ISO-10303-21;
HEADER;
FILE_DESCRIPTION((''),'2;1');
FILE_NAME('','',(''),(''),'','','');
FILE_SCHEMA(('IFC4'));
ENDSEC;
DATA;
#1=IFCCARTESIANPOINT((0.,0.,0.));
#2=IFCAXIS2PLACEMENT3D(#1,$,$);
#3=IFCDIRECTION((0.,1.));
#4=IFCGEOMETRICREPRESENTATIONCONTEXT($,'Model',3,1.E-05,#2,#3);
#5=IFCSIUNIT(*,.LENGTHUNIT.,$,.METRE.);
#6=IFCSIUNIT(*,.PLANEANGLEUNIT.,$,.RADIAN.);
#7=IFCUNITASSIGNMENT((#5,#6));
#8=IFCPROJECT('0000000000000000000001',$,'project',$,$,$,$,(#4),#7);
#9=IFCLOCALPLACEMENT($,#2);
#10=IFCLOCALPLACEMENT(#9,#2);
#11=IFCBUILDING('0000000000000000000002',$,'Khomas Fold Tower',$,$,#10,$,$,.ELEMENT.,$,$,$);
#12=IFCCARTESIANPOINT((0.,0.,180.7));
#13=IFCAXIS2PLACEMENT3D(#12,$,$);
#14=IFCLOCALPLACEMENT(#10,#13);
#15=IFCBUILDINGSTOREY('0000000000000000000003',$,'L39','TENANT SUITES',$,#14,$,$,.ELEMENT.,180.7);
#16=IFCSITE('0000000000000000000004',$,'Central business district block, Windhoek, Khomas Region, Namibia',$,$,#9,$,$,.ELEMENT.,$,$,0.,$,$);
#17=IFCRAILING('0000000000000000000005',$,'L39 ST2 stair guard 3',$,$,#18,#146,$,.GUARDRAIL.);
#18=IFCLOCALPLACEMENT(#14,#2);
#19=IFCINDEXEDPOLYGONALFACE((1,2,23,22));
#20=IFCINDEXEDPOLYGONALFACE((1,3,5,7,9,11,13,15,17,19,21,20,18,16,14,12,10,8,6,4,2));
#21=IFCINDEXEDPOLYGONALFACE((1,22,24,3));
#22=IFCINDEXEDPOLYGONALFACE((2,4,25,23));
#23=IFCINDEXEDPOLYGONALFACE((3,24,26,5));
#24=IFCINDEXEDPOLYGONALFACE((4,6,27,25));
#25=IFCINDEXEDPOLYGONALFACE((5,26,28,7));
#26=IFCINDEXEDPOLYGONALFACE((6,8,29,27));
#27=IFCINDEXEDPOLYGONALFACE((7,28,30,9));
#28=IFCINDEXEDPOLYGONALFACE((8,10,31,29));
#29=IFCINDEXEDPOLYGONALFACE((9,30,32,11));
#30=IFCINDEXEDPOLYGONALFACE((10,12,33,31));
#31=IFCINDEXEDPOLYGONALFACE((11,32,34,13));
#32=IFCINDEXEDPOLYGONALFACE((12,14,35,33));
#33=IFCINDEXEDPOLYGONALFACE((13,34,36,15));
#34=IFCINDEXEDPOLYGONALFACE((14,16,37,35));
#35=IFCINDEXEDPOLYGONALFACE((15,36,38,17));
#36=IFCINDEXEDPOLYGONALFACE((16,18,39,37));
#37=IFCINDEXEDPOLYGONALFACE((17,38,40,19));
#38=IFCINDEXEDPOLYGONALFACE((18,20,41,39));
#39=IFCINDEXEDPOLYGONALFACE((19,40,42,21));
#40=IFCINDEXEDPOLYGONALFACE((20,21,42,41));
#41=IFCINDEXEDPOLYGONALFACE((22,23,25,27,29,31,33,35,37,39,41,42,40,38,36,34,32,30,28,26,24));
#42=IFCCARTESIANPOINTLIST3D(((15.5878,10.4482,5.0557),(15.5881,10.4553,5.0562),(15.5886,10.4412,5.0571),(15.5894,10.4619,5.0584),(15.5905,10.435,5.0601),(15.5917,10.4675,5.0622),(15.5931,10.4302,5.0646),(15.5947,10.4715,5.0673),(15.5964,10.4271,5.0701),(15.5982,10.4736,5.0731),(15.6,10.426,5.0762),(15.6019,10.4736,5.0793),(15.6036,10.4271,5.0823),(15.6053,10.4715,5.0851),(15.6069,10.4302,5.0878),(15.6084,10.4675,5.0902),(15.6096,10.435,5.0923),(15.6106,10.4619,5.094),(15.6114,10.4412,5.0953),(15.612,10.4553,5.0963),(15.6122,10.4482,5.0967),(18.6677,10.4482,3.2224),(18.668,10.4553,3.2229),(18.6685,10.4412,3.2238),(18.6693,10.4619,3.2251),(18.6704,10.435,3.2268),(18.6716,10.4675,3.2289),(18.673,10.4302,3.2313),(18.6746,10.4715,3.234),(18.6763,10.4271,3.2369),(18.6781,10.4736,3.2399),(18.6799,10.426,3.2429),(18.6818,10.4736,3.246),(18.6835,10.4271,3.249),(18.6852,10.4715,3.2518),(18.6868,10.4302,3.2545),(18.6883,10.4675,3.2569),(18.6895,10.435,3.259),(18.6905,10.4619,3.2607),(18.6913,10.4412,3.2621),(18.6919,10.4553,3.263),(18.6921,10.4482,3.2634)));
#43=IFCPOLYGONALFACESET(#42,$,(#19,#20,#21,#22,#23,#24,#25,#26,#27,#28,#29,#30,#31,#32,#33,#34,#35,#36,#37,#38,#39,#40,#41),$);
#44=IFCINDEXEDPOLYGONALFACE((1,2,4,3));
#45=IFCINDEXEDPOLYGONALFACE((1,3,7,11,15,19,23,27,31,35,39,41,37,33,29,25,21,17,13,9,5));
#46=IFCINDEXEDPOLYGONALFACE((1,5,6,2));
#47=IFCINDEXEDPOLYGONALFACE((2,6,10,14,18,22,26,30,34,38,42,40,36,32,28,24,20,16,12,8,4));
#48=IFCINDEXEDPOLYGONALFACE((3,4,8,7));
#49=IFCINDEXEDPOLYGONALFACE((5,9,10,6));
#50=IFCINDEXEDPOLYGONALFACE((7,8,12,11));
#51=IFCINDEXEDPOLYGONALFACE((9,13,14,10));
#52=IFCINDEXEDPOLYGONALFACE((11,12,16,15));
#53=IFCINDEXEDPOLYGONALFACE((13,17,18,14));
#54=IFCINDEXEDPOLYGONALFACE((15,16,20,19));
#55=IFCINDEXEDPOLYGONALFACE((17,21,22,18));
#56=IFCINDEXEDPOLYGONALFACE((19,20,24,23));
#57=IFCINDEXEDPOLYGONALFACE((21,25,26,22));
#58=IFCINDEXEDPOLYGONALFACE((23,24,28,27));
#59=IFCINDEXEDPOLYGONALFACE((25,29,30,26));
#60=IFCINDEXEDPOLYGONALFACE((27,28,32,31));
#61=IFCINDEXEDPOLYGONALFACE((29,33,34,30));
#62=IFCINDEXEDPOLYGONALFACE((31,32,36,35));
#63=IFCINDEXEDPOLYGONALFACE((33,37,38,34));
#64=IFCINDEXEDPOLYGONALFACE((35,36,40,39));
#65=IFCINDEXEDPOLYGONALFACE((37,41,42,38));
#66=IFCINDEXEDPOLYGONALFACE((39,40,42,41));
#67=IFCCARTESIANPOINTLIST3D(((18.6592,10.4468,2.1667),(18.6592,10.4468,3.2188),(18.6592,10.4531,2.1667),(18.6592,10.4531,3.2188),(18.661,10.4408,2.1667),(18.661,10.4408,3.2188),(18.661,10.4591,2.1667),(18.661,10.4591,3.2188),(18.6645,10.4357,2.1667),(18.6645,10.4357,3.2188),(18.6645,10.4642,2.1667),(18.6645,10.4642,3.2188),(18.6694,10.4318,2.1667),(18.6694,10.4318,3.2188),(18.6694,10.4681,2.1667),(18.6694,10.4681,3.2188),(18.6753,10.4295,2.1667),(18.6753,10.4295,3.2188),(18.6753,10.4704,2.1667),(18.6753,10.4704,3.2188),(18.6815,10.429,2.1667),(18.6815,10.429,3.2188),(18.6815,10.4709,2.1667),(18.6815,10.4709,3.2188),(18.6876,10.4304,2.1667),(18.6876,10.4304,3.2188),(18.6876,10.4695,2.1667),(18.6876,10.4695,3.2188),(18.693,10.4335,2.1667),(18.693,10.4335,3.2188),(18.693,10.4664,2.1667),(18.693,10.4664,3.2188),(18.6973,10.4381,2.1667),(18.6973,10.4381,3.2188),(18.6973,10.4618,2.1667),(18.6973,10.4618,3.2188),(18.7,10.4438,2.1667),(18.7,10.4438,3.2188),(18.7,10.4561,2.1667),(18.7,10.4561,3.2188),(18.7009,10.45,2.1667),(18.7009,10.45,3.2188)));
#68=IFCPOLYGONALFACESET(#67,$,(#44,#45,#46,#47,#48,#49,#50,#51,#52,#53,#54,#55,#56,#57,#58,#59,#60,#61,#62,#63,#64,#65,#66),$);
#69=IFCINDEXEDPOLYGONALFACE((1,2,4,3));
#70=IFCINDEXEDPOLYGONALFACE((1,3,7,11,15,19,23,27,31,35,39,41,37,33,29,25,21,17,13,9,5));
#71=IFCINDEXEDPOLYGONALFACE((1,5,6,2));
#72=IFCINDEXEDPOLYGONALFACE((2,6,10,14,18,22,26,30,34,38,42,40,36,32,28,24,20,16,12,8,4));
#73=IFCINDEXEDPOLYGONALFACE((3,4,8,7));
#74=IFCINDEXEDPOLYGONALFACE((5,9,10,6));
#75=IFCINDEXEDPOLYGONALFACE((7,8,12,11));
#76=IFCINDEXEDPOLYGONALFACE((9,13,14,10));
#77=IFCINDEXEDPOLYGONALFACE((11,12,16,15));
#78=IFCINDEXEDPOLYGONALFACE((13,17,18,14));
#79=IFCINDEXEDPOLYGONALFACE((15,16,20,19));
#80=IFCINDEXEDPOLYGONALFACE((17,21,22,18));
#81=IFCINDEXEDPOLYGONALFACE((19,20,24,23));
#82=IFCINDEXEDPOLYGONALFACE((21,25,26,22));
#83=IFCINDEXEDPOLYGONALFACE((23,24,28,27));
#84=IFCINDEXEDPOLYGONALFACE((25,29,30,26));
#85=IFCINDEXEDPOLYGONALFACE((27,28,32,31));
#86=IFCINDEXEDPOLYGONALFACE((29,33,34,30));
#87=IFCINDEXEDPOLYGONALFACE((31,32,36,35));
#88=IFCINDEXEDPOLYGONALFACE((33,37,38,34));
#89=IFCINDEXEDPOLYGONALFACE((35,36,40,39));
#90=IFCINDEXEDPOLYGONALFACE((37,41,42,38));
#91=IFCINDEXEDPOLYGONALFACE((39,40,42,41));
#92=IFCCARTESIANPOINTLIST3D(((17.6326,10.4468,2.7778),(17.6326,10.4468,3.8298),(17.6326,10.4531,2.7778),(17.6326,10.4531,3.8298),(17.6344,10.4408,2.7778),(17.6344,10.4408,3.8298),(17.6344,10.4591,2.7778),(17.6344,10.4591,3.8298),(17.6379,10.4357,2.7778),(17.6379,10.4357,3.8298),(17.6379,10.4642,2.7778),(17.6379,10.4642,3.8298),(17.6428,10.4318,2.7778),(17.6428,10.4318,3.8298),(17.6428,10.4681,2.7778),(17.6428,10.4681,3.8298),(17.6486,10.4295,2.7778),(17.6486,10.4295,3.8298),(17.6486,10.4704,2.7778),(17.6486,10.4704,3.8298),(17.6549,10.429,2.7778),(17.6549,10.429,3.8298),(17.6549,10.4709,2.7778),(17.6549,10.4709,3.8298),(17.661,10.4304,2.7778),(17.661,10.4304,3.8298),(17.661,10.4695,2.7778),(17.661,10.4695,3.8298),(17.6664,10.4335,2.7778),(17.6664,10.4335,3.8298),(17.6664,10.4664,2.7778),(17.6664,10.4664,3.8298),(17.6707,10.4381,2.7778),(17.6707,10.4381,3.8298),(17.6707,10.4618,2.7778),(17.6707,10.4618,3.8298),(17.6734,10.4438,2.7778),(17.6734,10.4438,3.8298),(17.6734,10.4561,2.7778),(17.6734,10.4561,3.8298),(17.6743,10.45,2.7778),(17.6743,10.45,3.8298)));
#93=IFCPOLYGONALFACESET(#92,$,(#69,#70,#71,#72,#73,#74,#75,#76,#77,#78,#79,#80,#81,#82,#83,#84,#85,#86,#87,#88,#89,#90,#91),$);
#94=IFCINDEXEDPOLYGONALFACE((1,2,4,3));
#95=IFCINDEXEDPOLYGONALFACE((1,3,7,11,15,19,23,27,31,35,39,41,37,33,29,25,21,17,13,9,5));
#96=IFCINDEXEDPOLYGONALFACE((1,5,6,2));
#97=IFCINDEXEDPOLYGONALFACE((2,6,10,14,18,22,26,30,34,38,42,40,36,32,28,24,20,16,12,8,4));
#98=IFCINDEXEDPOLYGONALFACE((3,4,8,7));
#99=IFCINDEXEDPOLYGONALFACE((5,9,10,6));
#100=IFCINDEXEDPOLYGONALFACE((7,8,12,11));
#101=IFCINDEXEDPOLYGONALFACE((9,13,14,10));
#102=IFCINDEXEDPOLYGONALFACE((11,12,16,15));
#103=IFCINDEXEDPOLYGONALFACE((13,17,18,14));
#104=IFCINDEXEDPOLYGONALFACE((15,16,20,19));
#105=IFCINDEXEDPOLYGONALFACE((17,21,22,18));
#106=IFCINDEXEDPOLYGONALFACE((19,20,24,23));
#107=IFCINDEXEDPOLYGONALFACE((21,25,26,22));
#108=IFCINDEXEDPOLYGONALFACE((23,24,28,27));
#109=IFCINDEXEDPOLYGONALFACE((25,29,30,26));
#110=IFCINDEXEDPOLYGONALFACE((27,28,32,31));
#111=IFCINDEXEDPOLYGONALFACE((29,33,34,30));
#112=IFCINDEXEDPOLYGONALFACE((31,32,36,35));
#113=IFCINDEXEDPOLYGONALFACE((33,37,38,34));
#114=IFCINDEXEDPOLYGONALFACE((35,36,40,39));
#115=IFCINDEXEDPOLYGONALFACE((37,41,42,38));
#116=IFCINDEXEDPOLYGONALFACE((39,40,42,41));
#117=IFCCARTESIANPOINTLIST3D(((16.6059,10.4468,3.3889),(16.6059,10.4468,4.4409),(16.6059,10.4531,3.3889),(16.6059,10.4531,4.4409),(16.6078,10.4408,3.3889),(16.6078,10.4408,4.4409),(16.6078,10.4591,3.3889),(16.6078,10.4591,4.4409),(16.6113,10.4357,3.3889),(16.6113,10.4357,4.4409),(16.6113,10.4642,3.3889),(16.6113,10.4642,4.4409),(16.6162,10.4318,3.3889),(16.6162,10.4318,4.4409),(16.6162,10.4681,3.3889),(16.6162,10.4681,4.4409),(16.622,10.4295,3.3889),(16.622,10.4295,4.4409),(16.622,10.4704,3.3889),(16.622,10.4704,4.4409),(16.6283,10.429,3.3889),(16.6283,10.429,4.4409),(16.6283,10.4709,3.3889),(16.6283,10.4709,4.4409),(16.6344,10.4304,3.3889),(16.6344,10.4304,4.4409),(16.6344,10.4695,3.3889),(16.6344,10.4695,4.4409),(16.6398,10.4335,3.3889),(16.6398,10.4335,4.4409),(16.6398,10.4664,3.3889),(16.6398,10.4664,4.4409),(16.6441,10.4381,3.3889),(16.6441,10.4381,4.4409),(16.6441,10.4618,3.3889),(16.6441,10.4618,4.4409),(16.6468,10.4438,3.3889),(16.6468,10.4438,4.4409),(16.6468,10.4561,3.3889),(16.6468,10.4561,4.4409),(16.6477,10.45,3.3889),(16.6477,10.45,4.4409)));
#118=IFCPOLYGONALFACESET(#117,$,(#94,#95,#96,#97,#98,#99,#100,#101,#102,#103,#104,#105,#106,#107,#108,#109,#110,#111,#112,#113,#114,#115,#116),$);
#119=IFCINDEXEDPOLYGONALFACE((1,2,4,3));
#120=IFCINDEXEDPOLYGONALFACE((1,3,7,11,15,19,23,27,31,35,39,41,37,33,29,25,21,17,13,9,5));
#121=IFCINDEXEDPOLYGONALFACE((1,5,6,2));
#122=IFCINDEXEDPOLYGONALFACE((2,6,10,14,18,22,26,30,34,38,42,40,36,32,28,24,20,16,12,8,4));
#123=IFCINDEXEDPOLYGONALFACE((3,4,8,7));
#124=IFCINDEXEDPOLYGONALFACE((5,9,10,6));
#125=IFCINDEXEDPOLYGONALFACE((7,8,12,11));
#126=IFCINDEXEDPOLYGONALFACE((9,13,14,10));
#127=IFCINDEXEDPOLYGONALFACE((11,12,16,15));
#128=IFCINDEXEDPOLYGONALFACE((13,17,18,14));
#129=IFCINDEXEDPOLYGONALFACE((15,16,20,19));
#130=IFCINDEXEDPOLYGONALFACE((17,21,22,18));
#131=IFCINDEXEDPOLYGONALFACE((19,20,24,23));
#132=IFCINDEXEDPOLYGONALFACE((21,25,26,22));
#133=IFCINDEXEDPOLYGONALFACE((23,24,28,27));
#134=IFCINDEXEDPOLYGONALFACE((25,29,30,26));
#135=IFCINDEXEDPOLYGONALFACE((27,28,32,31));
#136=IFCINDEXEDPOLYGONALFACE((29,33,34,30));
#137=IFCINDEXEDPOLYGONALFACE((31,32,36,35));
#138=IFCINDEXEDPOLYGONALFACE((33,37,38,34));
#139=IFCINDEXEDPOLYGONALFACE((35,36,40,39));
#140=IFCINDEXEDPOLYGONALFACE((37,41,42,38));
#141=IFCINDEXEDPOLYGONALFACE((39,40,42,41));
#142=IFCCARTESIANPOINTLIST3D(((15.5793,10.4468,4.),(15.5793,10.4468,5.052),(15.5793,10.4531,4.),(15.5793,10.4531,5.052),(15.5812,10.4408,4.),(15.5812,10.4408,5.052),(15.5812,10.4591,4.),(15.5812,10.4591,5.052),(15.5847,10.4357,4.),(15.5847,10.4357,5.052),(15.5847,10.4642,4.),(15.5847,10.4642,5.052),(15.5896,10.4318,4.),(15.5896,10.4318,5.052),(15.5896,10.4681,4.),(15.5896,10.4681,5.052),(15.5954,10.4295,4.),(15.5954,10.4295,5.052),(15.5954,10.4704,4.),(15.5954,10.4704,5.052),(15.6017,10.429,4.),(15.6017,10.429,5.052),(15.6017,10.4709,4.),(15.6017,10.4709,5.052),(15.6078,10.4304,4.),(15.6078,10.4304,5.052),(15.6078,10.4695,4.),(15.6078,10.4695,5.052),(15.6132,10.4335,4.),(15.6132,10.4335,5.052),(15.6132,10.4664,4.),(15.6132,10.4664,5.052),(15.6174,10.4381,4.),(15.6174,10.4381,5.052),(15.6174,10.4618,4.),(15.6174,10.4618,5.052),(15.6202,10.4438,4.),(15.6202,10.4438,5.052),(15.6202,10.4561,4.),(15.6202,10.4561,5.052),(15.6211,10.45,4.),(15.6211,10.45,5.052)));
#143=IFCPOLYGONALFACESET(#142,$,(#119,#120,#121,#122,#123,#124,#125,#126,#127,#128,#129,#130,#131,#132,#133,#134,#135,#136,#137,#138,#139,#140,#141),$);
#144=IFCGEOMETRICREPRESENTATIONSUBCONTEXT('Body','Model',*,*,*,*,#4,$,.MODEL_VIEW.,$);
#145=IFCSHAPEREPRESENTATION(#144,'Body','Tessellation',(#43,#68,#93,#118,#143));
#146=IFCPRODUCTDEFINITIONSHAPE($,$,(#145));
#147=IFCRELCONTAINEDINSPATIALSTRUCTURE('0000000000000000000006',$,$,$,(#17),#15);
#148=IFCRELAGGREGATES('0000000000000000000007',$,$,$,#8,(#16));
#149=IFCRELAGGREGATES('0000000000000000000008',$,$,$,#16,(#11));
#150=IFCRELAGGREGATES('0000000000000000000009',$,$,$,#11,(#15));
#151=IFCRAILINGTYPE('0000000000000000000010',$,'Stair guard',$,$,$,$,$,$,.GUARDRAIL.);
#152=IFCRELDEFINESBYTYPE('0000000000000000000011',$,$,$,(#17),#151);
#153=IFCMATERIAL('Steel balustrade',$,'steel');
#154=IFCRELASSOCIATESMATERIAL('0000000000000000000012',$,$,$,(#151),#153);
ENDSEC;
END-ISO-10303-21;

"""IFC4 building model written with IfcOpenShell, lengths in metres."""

from ifc_helpers import new_model, si_unit, direction, frame, origin, origin_2d, place, context, subcontext, project, spatial, circle, extrude, source, transform, mapped, material, type_object, element, save


model = new_model("IFC4")

# Units and contexts
model_context = context("Model", 3, precision=1e-05, world=origin(), true_north=direction((0.0, 1.0)))
body_context = subcontext(model_context, "Body", "Model", "MODEL_VIEW")
ifc_project = project(units=[si_unit("LENGTHUNIT", "METRE"), si_unit("PLANEANGLEUNIT", "RADIAN")], contexts=[model_context])

# Site, building, storey
site_placement = place(None, origin())
site = spatial("IfcSite", under=ifc_project, at=site_placement, Name="Central business district block, Windhoek, Khomas Region, Namibia", CompositionType="ELEMENT", RefElevation=0.0)
building_placement = place(site_placement, origin())
building = spatial("IfcBuilding", under=site, at=building_placement, Name="Khomas Fold Tower", CompositionType="ELEMENT")
storey_placement = place(building_placement, frame((0.0, 0.0, 180.7)))
storey = spatial("IfcBuildingStorey", under=building, at=storey_placement, Name="L39", Description="TENANT SUITES", CompositionType="ELEMENT", Elevation=180.7)

# Railing
ifc_material_1 = material(Name="Steel balustrade", Category="steel")
railing_type_1 = type_object("IfcRailingType", Name="Stair guard", PredefinedType="GUARDRAIL", material=ifc_material_1)
shared_shape_1 = source(origin(), body_context, "Body", "SweptSolid", [
    extrude(circle(Radius=0.0239, at=origin_2d()), frame((0.0, 0.0, 1.0762), z_axis=(-0.859291, 0.0, 0.511487), x_axis=(0.0, -1.0, 0.0)), (0.0, 0.0, 1.0), 3.5842),
    extrude(circle(Radius=0.021, at=origin_2d()), origin(), (0.0, 0.0, 1.0), 1.052),
    extrude(circle(Radius=0.021, at=origin_2d()), frame((-1.0266, 0.0, 0.6111)), (0.0, 0.0, 1.0), 1.052),
    extrude(circle(Radius=0.021, at=origin_2d()), frame((-2.0532, 0.0, 1.2222)), (0.0, 0.0, 1.0), 1.052),
    extrude(circle(Radius=0.021, at=origin_2d()), frame((-3.0798, 0.0, 1.8333)), (0.0, 0.0, 1.0), 1.052),
])
railing_1_placement = place(storey_placement, frame((18.6799, 10.45, 2.1667)))
element("IfcRailing", 1, at=railing_1_placement, inside=storey, type_object=railing_type_1, Name="L39 ST2 stair guard 3", PredefinedType="GUARDRAIL", context=body_context, shape_type="MappedRepresentation", body=[
    mapped(shared_shape_1, transform((0.0, 0.0, 0.0))),
])

save(model, "model.ifc")
